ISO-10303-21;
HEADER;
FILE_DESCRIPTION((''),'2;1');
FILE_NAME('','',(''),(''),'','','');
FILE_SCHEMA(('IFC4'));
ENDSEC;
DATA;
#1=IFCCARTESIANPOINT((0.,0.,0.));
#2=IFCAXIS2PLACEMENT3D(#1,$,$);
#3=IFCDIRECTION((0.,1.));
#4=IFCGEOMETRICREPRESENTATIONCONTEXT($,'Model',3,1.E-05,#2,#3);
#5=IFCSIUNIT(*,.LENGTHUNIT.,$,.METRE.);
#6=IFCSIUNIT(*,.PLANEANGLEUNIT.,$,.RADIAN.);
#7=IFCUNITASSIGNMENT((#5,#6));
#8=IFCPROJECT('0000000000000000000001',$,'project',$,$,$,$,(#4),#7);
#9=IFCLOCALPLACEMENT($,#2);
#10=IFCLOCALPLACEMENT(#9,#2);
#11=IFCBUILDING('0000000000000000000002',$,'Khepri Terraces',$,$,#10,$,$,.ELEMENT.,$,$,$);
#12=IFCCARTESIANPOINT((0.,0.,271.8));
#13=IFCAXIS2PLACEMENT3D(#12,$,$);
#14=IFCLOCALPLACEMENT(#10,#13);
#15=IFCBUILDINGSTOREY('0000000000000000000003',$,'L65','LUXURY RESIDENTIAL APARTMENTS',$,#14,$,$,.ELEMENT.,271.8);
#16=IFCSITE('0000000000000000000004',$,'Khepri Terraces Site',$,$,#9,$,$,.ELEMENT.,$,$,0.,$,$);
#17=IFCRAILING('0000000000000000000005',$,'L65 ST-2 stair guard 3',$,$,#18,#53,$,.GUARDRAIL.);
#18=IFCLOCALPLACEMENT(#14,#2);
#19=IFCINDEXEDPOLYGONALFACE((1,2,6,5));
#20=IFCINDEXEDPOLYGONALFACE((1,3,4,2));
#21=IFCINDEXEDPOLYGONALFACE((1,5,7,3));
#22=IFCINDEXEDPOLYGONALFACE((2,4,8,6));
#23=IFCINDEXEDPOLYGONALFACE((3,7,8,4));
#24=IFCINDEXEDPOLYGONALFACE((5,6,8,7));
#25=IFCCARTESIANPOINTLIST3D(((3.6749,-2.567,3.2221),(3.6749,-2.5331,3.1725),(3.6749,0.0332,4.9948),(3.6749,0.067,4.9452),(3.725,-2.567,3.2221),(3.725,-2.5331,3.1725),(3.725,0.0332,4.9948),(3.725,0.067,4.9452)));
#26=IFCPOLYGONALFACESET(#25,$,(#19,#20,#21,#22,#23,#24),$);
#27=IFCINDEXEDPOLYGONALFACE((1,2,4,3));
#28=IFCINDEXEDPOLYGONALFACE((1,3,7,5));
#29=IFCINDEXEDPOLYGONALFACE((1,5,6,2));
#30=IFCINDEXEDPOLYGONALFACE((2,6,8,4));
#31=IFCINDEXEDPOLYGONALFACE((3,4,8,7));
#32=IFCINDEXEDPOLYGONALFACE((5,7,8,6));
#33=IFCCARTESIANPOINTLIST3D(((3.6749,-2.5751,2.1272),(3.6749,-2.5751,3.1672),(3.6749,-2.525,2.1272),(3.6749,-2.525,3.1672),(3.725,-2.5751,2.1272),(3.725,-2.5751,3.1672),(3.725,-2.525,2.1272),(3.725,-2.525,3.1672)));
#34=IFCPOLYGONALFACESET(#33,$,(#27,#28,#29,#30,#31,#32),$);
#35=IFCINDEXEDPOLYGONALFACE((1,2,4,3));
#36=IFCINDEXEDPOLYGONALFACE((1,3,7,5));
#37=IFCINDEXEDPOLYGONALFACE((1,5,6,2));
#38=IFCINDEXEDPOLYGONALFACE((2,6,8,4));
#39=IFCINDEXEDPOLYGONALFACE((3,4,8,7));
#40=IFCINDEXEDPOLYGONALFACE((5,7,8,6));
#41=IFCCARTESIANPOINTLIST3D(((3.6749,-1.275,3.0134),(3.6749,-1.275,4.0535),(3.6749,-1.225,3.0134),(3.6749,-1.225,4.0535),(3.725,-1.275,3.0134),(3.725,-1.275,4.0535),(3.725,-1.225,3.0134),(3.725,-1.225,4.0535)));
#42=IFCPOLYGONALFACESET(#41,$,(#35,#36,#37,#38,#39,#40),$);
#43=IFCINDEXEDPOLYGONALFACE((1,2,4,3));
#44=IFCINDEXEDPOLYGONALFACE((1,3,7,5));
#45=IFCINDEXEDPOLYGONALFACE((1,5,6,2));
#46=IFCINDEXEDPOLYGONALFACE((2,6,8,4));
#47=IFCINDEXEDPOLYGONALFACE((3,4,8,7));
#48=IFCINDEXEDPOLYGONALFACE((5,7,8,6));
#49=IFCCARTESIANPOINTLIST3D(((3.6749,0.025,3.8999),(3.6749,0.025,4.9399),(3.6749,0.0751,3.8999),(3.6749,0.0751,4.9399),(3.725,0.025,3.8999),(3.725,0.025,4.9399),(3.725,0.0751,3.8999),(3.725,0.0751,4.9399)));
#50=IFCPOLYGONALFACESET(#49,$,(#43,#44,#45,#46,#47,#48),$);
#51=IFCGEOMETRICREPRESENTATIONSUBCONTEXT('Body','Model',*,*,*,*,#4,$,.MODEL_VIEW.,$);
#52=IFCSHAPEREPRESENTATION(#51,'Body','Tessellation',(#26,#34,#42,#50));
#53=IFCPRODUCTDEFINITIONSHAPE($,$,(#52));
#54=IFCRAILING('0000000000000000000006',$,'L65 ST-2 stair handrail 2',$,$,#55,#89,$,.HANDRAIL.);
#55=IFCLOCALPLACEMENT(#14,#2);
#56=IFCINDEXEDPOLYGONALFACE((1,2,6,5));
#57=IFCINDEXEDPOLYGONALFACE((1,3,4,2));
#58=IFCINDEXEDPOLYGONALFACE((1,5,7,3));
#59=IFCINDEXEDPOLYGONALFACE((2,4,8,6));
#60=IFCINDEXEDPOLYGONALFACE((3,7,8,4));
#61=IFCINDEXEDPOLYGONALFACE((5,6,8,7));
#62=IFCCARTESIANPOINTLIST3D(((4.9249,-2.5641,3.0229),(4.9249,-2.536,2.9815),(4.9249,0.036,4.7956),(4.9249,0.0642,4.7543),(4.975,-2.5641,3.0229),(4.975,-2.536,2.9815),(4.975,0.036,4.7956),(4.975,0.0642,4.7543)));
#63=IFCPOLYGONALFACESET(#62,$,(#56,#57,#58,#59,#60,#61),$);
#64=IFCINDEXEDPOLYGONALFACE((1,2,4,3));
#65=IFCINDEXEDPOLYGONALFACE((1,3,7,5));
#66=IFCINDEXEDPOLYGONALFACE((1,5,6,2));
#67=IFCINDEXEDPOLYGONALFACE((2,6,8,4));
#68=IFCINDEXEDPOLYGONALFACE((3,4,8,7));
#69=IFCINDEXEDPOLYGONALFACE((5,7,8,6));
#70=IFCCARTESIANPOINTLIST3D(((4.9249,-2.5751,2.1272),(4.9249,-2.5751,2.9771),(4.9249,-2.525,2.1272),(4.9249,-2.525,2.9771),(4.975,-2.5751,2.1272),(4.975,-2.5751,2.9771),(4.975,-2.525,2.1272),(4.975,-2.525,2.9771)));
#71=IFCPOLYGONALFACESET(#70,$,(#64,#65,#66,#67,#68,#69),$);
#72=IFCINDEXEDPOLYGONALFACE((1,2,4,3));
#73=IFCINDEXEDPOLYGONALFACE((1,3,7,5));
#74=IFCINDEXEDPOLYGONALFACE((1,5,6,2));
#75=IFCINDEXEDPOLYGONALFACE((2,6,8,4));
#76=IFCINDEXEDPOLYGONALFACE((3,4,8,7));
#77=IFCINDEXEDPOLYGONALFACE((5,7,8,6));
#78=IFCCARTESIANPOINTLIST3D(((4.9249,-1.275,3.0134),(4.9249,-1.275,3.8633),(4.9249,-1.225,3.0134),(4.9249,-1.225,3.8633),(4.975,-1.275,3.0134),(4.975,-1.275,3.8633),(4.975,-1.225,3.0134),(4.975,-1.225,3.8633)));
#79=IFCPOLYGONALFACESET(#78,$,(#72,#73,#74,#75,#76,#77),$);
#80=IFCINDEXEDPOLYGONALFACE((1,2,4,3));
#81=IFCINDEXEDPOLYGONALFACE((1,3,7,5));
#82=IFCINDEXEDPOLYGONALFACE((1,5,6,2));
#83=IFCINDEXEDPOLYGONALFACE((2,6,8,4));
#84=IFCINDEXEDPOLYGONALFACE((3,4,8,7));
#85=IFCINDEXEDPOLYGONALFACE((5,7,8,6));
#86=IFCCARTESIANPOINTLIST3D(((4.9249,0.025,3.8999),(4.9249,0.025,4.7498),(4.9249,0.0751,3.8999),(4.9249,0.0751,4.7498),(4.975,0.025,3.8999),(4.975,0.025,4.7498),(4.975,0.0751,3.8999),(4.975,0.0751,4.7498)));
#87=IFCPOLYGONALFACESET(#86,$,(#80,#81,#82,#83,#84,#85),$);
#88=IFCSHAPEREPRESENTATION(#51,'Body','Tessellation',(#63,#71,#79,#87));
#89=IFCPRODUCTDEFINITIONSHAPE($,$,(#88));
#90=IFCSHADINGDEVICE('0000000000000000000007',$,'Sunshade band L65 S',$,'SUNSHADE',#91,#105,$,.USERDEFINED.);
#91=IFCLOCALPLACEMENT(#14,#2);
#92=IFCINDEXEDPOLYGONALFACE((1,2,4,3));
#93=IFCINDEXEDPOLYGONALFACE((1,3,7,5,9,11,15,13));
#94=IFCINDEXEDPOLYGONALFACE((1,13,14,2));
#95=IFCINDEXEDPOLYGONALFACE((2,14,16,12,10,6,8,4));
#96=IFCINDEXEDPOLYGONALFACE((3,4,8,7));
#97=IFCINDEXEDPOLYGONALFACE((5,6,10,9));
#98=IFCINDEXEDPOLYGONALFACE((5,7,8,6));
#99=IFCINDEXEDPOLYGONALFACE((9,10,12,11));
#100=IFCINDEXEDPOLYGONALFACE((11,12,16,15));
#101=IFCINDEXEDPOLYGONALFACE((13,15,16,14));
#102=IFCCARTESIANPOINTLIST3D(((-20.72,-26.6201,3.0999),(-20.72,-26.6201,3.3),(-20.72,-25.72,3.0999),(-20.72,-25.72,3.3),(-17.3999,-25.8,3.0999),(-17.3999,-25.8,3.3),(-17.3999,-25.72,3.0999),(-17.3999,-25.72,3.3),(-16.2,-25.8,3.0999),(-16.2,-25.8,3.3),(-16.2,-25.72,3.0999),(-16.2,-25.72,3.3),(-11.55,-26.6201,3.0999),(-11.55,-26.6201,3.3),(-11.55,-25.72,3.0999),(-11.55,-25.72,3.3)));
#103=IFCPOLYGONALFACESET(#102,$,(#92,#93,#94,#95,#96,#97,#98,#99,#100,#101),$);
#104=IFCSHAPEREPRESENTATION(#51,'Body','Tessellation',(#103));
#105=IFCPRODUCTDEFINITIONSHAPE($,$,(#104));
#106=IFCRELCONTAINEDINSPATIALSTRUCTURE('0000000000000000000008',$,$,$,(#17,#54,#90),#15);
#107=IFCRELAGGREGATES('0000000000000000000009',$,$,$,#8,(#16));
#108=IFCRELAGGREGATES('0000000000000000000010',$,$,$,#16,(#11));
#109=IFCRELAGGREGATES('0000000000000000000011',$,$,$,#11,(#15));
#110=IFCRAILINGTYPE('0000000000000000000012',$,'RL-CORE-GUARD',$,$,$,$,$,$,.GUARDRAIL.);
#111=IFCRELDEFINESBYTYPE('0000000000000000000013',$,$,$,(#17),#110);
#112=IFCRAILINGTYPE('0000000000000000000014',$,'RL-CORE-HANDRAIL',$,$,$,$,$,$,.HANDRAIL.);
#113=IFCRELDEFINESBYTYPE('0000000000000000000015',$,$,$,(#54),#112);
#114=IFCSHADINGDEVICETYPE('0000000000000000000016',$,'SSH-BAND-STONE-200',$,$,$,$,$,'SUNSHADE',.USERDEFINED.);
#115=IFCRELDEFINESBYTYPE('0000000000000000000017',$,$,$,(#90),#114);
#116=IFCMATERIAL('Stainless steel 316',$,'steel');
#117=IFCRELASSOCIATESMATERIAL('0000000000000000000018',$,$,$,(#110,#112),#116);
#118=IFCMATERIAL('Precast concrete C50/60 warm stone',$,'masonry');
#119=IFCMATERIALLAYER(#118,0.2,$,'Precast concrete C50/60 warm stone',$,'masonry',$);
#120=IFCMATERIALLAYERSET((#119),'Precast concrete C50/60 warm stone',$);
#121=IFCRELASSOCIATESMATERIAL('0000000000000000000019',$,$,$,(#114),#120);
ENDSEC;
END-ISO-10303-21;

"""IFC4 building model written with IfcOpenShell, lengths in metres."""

from ifc_helpers import new_model, si_unit, direction, frame, origin, origin_2d, place, context, subcontext, project, spatial, polyline, rectangle, outline, extrude, material, layer, layer_set, type_object, element, save


model = new_model("IFC4")

# Units and contexts
model_context = context("Model", 3, precision=1e-05, world=origin(), true_north=direction((0.0, 1.0)))
body_context = subcontext(model_context, "Body", "Model", "MODEL_VIEW")
ifc_project = project(units=[si_unit("LENGTHUNIT", "METRE"), si_unit("PLANEANGLEUNIT", "RADIAN")], contexts=[model_context])

# Site, building, storey
site_placement = place(None, origin())
site = spatial("IfcSite", under=ifc_project, at=site_placement, Name="Khepri Terraces Site", CompositionType="ELEMENT", RefElevation=0.0)
building_placement = place(site_placement, origin())
building = spatial("IfcBuilding", under=site, at=building_placement, Name="Khepri Terraces", CompositionType="ELEMENT")
storey_placement = place(building_placement, frame((0.0, 0.0, 271.8)))
storey = spatial("IfcBuildingStorey", under=building, at=storey_placement, Name="L65", Description="LUXURY RESIDENTIAL APARTMENTS", CompositionType="ELEMENT", Elevation=271.8)

# Shared definitions
ifc_material_1 = material(Name="Precast concrete C50/60 warm stone", Category="masonry")

# Railings
ifc_material_2 = material(Name="Stainless steel 316", Category="steel")
railing_type_1 = type_object("IfcRailingType", Name="RL-CORE-GUARD", PredefinedType="GUARDRAIL", material=ifc_material_2)
railing_1_placement = place(storey_placement, frame((3.7, -2.55, 2.1272)))
element("IfcRailing", 1, at=railing_1_placement, inside=storey, type_object=railing_type_1, Name="L65 ST-2 stair guard 3", PredefinedType="GUARDRAIL", context=body_context, shape_type="SweptSolid", body=[
    extrude(rectangle(XDim=0.05, YDim=0.0601, at=origin_2d()), frame((0.0, 0.0, 1.0701), z_axis=(0.0, 0.82624, 0.563318), x_axis=(-1.0, 0.0, 0.0)), (0.0, 0.0, 1.0), 3.147),
    extrude(rectangle(XDim=0.05, YDim=0.05, at=origin_2d()), origin(), (0.0, 0.0, 1.0), 1.04),
    extrude(rectangle(XDim=0.05, YDim=0.05, at=origin_2d()), frame((0.0, 1.3, 0.8862)), (0.0, 0.0, 1.0), 1.04),
    extrude(rectangle(XDim=0.05, YDim=0.05, at=origin_2d()), frame((0.0, 2.6001, 1.7727)), (0.0, 0.0, 1.0), 1.04),
])
railing_type_2 = type_object("IfcRailingType", Name="RL-CORE-HANDRAIL", PredefinedType="HANDRAIL", material=ifc_material_2)
railing_2_placement = place(storey_placement, frame((4.95, -2.55, 2.1272)))
element("IfcRailing", 2, at=railing_2_placement, inside=storey, type_object=railing_type_2, Name="L65 ST-2 stair handrail 2", PredefinedType="HANDRAIL", context=body_context, shape_type="SweptSolid", body=[
    extrude(rectangle(XDim=0.05, YDim=0.05, at=origin_2d()), frame((0.0, 0.0, 0.875), z_axis=(0.0, 0.82624, 0.563318), x_axis=(-1.0, 0.0, 0.0)), (0.0, 0.0, 1.0), 3.147),
    extrude(rectangle(XDim=0.05, YDim=0.05, at=origin_2d()), origin(), (0.0, 0.0, 1.0), 0.8499),
    extrude(rectangle(XDim=0.05, YDim=0.05, at=origin_2d()), frame((0.0, 1.3, 0.8862)), (0.0, 0.0, 1.0), 0.8499),
    extrude(rectangle(XDim=0.05, YDim=0.05, at=origin_2d()), frame((0.0, 2.6001, 1.7727)), (0.0, 0.0, 1.0), 0.8499),
])

# Shading device
ifc_layer_1 = layer(ifc_material_1, 0.2, Name="Precast concrete C50/60 warm stone", Category="masonry")
ifc_layer_set_1 = layer_set([ifc_layer_1], Name="Precast concrete C50/60 warm stone")
shading_device_type = type_object("IfcShadingDeviceType", Name="SSH-BAND-STONE-200", ElementType="SUNSHADE", PredefinedType="USERDEFINED", material=ifc_layer_set_1)
shading_device_placement = place(storey_placement, frame((0.0, 0.0, 3.0999)))
element("IfcShadingDevice", 3, at=shading_device_placement, inside=storey, type_object=shading_device_type, Name="Sunshade band L65 S", ObjectType="SUNSHADE", PredefinedType="USERDEFINED", context=body_context, shape_type="SweptSolid", body=[
    extrude(outline(polyline([(-17.3999, -25.72), (-20.72, -25.72), (-20.72, -26.6201), (-11.55, -26.6201), (-11.55, -25.72), (-16.2, -25.72), (-16.2, -25.8), (-17.3999, -25.8), (-17.3999, -25.72)])), origin(), (0.0, 0.0, 1.0), 0.2002),
])

save(model, "model.ifc")
